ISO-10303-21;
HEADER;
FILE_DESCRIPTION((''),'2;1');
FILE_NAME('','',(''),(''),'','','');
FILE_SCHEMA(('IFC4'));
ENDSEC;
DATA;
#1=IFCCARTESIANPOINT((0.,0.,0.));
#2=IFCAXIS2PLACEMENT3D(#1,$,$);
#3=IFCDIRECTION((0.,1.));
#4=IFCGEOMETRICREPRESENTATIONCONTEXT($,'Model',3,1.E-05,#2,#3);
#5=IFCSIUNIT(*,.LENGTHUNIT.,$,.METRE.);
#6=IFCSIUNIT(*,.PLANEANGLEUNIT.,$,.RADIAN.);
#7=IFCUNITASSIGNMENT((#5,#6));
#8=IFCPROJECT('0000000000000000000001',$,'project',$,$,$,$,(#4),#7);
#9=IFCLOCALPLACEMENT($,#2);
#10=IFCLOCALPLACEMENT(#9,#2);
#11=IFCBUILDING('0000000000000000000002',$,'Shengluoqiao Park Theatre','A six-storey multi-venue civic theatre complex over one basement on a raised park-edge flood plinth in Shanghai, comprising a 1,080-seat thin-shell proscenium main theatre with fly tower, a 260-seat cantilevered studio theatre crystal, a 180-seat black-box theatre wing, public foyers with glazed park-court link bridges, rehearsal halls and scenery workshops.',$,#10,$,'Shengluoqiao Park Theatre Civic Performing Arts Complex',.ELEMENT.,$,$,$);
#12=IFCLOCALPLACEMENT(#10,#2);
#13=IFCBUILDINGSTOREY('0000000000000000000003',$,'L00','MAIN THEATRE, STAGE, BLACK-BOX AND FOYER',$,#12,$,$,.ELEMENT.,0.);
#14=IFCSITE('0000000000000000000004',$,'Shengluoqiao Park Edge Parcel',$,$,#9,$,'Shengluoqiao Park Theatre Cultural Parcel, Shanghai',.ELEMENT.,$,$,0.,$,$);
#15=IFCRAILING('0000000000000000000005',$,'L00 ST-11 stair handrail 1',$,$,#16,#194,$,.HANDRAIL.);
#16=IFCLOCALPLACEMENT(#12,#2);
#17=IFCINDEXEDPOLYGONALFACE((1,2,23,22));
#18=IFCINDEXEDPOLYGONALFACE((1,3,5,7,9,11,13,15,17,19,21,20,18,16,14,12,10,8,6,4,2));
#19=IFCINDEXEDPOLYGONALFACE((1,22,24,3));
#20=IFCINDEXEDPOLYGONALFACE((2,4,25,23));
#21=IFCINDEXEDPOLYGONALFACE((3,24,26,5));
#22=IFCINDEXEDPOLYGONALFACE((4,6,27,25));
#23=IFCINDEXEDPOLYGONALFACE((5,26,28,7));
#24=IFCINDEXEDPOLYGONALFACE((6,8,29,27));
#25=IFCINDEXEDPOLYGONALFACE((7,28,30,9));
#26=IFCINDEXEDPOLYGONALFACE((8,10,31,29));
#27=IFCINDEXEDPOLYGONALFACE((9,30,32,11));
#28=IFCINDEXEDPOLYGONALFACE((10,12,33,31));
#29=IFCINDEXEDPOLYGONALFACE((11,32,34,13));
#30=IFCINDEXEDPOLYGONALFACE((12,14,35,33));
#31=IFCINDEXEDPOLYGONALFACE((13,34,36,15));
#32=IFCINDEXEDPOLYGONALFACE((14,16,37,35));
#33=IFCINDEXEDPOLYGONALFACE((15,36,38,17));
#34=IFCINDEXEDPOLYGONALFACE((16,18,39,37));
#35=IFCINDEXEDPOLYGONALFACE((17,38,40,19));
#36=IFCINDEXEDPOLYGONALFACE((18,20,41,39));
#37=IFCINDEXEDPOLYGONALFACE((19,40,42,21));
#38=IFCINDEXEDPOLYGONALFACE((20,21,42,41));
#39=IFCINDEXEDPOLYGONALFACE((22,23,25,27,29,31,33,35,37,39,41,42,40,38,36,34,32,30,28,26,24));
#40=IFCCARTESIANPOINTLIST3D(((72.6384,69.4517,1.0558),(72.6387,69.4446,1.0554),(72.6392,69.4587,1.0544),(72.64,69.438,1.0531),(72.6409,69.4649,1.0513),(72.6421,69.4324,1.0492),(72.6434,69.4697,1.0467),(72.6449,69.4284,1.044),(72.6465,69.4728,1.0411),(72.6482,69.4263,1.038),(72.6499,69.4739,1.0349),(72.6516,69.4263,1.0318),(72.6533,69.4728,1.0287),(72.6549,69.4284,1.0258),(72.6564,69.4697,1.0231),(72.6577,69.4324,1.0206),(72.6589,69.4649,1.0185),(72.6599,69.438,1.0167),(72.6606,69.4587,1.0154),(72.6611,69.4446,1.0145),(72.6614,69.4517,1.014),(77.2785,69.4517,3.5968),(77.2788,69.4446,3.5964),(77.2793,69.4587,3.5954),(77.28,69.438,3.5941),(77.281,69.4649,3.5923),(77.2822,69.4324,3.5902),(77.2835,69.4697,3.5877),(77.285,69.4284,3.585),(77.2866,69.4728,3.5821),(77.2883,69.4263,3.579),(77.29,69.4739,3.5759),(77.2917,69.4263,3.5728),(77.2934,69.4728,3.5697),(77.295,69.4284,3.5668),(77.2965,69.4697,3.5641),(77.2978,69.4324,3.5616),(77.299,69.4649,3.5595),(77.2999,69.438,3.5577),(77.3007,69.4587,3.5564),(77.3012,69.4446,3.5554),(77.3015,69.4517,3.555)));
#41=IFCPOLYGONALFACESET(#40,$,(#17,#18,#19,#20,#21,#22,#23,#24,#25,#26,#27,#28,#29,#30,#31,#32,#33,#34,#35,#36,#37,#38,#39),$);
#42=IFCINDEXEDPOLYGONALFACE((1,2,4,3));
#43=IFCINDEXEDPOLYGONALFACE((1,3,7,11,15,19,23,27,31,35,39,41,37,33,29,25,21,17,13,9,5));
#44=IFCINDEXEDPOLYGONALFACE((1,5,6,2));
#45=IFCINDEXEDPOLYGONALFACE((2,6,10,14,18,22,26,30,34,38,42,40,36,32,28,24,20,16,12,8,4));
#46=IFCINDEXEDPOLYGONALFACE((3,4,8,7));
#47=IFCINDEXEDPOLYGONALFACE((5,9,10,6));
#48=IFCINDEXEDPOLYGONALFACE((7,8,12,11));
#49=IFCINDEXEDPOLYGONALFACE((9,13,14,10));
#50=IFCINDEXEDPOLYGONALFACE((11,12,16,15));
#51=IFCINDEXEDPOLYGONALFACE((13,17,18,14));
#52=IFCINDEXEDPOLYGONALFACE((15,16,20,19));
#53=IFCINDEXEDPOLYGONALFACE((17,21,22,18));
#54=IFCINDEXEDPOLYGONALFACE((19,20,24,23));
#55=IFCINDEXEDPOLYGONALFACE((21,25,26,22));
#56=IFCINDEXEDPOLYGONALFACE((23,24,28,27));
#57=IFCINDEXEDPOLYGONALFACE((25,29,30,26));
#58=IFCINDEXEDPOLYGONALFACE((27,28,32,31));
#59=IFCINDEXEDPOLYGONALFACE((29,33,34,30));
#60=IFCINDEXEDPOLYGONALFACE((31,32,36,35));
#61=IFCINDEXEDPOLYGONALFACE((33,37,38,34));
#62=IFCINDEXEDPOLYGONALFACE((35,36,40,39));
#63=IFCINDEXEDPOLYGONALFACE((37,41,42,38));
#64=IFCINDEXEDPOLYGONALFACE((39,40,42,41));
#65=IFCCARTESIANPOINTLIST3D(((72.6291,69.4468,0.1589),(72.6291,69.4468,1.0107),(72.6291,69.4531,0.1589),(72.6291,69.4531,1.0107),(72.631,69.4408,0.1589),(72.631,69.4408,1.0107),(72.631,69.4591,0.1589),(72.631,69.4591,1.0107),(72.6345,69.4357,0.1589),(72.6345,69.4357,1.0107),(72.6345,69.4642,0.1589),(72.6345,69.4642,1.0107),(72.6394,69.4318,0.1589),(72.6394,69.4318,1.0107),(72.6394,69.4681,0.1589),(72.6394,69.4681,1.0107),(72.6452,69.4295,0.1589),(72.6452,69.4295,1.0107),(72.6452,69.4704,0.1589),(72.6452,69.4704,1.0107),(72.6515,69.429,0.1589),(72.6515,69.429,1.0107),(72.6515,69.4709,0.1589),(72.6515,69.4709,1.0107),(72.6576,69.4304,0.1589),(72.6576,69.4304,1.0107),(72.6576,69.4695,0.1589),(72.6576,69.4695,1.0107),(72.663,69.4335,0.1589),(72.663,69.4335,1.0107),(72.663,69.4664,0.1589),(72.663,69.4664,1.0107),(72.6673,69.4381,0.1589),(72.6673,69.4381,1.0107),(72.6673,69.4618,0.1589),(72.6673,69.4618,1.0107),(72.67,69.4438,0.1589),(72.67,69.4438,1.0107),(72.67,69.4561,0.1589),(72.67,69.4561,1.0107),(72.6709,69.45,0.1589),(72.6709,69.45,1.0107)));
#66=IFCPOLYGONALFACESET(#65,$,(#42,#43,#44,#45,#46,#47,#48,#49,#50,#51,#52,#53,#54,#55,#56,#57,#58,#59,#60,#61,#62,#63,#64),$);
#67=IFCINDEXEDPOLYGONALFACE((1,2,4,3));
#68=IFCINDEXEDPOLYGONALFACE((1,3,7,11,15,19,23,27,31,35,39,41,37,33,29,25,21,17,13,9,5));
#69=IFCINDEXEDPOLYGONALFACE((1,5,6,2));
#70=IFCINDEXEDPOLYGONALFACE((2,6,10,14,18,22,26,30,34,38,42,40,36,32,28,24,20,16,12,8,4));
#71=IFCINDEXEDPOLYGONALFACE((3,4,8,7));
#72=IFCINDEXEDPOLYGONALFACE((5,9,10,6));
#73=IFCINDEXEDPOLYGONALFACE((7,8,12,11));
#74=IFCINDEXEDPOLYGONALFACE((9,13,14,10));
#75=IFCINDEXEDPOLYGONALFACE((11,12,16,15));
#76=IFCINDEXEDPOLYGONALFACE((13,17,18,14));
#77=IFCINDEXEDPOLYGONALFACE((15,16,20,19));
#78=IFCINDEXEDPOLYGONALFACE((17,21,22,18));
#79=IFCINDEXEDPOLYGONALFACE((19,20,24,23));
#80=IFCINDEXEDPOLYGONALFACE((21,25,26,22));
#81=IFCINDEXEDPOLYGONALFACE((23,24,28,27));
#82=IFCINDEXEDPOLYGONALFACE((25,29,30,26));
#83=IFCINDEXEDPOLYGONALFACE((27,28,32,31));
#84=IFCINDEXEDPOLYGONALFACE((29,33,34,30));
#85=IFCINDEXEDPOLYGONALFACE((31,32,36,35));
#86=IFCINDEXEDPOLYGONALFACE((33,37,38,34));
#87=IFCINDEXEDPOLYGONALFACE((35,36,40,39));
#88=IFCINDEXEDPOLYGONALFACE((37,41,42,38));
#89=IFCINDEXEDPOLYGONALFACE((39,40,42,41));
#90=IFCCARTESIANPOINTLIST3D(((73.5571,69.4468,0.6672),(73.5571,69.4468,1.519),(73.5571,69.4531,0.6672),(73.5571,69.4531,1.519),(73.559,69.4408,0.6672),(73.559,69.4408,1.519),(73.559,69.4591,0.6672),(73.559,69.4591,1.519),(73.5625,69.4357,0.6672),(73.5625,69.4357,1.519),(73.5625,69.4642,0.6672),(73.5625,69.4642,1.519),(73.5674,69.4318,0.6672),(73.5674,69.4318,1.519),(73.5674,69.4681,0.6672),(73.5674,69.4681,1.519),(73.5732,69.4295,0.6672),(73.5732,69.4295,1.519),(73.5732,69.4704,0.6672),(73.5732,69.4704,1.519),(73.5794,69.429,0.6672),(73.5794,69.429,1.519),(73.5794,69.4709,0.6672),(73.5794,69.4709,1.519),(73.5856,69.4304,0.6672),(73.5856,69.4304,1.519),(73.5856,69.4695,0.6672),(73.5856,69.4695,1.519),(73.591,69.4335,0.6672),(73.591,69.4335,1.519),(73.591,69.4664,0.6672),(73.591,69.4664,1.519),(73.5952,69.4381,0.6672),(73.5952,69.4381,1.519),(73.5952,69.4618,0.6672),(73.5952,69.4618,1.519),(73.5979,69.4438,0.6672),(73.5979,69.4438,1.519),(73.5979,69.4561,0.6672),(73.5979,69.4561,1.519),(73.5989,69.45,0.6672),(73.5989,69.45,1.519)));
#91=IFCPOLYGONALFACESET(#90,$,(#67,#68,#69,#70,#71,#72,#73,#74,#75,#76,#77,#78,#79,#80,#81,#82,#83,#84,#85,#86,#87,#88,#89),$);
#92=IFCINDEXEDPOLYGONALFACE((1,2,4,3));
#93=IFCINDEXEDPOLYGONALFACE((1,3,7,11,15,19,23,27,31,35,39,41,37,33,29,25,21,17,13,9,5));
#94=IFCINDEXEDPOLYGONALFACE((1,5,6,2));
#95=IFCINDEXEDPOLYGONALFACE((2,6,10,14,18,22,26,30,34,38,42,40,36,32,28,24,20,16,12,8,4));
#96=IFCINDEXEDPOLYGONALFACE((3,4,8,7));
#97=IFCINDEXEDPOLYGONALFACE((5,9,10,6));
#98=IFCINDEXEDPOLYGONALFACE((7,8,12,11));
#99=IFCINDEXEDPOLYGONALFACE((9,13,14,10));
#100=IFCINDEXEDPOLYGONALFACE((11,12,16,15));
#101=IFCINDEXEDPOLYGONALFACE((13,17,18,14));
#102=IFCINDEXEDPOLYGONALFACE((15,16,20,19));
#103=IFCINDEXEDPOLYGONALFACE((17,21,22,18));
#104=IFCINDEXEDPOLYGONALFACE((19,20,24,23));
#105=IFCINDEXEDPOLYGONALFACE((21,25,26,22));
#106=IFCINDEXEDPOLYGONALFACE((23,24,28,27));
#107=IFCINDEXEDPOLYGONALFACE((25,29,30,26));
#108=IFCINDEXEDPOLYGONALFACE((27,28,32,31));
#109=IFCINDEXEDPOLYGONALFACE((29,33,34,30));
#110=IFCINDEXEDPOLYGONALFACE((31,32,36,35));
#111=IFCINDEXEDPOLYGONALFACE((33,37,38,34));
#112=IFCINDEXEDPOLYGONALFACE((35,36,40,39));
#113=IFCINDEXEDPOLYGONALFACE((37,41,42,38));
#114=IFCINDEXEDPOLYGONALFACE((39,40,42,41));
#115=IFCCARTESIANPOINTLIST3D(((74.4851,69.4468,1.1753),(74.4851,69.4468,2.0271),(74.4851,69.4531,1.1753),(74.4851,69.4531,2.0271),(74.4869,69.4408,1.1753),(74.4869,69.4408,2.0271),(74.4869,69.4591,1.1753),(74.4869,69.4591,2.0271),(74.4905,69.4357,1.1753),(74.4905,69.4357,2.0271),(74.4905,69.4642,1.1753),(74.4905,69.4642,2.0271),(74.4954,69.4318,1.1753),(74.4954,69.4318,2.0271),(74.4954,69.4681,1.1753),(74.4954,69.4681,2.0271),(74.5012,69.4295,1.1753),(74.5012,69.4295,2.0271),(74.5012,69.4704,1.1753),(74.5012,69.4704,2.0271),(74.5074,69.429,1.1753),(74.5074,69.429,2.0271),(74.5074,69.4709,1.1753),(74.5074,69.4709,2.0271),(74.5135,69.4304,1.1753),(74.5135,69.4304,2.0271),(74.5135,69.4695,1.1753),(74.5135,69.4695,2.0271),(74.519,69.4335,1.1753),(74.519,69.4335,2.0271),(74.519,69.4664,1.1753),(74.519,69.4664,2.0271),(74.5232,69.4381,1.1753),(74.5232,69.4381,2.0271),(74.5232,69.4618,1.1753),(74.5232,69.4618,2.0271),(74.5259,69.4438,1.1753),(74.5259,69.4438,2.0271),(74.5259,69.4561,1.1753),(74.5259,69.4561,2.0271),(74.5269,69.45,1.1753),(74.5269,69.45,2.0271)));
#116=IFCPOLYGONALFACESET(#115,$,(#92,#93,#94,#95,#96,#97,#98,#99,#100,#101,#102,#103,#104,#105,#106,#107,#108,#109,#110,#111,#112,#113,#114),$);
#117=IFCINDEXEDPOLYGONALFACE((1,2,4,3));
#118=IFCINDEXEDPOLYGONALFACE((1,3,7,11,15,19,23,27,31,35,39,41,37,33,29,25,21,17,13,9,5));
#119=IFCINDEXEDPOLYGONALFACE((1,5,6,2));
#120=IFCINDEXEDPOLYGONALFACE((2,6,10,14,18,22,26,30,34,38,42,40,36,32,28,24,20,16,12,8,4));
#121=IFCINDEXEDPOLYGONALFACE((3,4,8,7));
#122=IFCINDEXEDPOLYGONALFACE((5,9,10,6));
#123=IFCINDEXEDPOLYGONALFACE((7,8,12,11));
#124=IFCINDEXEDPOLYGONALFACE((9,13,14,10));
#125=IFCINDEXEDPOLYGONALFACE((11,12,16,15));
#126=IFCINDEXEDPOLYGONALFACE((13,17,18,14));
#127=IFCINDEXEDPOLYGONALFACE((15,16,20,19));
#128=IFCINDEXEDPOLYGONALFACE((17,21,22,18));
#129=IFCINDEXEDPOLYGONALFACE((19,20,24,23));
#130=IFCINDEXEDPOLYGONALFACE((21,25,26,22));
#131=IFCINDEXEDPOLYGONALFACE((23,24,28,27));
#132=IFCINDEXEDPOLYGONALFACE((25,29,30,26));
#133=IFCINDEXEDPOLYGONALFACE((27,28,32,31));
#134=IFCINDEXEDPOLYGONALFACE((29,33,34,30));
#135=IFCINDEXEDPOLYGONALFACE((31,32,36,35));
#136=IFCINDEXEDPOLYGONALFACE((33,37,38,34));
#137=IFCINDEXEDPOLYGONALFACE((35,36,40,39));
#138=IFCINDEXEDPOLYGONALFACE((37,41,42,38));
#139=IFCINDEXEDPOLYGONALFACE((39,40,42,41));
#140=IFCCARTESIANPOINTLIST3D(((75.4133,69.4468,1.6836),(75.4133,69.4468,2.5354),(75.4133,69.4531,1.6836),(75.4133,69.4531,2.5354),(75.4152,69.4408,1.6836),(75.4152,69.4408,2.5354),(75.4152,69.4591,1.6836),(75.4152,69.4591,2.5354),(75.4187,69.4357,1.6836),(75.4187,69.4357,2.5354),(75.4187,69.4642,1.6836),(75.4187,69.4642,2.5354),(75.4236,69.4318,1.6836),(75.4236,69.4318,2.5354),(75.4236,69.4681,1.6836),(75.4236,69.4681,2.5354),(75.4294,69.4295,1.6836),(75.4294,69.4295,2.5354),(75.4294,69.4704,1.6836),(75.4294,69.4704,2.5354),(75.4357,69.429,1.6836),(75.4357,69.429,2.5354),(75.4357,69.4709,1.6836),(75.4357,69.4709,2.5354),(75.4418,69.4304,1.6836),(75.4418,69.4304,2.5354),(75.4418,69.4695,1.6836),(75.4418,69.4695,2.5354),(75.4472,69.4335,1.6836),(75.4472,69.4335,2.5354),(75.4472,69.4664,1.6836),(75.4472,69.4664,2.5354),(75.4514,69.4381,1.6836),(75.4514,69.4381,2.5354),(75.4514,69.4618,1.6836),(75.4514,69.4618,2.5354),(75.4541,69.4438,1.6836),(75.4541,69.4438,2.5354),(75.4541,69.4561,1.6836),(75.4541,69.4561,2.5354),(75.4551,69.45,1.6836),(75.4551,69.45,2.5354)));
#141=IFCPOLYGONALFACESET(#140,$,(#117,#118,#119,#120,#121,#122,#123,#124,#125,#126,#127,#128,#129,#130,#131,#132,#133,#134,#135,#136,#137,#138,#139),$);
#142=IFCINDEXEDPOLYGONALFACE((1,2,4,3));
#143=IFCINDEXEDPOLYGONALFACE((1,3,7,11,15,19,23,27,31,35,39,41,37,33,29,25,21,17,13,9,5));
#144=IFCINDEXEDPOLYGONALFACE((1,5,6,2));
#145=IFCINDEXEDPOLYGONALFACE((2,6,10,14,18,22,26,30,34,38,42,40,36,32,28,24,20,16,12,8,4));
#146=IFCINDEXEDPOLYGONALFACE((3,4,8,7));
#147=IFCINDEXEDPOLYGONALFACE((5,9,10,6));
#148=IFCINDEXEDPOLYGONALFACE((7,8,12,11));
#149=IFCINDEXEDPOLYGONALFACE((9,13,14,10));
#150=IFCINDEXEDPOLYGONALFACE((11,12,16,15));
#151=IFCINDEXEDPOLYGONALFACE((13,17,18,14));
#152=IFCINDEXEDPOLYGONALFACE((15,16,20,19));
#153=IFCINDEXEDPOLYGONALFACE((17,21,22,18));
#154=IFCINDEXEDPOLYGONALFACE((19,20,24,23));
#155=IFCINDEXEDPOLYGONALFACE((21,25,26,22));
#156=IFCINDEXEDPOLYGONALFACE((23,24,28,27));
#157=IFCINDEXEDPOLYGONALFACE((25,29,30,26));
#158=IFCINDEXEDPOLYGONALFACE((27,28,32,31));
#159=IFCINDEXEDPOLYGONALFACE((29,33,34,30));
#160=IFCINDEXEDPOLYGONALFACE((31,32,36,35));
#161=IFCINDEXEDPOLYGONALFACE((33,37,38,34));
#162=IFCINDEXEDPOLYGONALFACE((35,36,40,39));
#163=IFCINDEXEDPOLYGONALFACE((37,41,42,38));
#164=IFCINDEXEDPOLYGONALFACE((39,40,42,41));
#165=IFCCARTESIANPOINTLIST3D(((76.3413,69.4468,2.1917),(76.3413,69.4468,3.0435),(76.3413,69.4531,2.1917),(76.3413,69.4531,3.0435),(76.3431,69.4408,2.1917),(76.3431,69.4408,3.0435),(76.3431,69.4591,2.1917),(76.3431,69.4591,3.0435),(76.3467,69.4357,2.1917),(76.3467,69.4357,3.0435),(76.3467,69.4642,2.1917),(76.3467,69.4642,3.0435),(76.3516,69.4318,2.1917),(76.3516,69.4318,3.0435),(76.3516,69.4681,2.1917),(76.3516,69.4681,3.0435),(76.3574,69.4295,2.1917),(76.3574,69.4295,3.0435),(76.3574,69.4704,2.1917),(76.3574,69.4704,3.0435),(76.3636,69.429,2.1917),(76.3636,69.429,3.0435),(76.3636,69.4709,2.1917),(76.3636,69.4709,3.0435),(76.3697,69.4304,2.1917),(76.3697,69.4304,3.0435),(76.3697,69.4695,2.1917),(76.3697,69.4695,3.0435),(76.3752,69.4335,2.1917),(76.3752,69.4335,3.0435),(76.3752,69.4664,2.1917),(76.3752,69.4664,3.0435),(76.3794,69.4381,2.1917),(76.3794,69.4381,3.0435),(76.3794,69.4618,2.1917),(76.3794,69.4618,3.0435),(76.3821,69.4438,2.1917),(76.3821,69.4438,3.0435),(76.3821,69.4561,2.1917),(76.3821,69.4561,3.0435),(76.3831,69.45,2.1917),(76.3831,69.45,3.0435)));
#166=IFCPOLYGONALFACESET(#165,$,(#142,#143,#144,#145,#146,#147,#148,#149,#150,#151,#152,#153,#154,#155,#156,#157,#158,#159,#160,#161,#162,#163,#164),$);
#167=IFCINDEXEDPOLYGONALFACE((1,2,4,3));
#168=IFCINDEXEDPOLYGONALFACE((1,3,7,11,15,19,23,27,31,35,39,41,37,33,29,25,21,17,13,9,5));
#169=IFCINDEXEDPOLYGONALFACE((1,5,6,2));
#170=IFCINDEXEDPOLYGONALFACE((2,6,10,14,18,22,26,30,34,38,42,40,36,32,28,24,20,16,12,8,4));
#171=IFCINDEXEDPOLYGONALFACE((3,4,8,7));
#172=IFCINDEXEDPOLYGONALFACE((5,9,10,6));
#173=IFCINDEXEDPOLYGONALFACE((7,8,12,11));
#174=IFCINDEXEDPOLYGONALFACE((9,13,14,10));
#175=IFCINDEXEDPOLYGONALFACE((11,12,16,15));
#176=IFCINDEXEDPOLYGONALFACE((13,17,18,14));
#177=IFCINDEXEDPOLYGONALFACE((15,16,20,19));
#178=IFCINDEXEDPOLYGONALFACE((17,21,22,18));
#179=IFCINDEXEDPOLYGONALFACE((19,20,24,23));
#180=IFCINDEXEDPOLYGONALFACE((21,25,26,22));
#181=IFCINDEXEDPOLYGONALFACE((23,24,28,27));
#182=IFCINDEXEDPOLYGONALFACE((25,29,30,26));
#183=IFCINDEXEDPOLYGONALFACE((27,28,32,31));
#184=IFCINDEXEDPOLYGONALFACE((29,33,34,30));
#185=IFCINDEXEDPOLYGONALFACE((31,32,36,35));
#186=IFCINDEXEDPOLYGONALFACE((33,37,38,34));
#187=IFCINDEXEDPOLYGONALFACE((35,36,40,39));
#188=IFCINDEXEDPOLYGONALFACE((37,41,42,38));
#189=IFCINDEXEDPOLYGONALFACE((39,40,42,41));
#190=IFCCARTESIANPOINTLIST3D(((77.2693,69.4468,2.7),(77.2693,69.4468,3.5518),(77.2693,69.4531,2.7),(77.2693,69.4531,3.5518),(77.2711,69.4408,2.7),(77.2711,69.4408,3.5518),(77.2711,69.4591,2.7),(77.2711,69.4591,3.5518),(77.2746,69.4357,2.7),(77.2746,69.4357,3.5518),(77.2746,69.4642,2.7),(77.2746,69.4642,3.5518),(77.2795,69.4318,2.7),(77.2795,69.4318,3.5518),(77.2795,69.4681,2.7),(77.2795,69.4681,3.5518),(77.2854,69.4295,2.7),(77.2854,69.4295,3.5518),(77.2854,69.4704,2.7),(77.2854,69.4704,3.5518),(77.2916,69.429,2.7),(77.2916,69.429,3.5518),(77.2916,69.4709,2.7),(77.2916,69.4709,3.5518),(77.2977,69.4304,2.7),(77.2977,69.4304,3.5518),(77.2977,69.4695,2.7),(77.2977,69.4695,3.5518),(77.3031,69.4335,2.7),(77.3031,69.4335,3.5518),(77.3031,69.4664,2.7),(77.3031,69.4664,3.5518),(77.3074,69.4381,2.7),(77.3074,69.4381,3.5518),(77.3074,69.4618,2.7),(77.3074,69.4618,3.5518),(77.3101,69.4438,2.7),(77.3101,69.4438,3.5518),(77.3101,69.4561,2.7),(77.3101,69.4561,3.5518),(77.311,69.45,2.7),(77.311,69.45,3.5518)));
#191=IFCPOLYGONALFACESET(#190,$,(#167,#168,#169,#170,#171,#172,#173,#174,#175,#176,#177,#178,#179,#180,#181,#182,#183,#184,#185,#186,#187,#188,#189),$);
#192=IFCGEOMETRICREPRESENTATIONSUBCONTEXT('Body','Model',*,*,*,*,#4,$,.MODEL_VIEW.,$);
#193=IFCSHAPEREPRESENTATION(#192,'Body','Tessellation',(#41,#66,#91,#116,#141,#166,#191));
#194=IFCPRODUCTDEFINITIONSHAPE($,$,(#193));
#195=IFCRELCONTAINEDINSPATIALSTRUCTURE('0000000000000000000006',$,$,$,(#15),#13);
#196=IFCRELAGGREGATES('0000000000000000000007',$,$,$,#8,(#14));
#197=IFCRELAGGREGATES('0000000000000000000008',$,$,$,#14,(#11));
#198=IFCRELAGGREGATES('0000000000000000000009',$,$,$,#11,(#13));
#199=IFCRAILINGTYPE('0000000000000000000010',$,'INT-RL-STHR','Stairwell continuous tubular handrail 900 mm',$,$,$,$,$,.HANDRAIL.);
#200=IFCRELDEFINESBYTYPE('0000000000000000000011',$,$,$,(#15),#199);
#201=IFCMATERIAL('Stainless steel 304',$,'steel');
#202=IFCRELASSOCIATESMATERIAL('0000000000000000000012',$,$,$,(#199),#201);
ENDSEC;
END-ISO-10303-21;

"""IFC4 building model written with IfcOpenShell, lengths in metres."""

from ifc_helpers import new_model, si_unit, direction, frame, origin, origin_2d, place, context, subcontext, project, spatial, circle, extrude, material, type_object, element, save


model = new_model("IFC4")

# Units and contexts
model_context = context("Model", 3, precision=1e-05, world=origin(), true_north=direction((0.0, 1.0)))
body_context = subcontext(model_context, "Body", "Model", "MODEL_VIEW")
ifc_project = project(units=[si_unit("LENGTHUNIT", "METRE"), si_unit("PLANEANGLEUNIT", "RADIAN")], contexts=[model_context])

# Site, building, storey
site_placement = place(None, origin())
site = spatial("IfcSite", under=ifc_project, at=site_placement, Name="Shengluoqiao Park Edge Parcel", LongName="Shengluoqiao Park Theatre Cultural Parcel, Shanghai", CompositionType="ELEMENT", RefElevation=0.0)
building_placement = place(site_placement, origin())
building = spatial("IfcBuilding", under=site, at=building_placement, Name="Shengluoqiao Park Theatre", Description="A six-storey multi-venue civic theatre complex over one basement on a raised park-edge flood plinth in Shanghai, comprising a 1,080-seat thin-shell proscenium main theatre with fly tower, a 260-seat cantilevered studio theatre crystal, a 180-seat black-box theatre wing, public foyers with glazed park-court link bridges, rehearsal halls and scenery workshops.", LongName="Shengluoqiao Park Theatre Civic Performing Arts Complex", CompositionType="ELEMENT")
storey_placement = place(building_placement, origin())
storey = spatial("IfcBuildingStorey", under=building, at=storey_placement, Name="L00", Description="MAIN THEATRE, STAGE, BLACK-BOX AND FOYER", CompositionType="ELEMENT", Elevation=0.0)

# Railing
ifc_material_1 = material(Name="Stainless steel 304", Category="steel")
railing_type_1 = type_object("IfcRailingType", Name="INT-RL-STHR", Description="Stairwell continuous tubular handrail 900 mm", PredefinedType="HANDRAIL", material=ifc_material_1)
railing_1_placement = place(storey_placement, frame((72.6499, 69.45, 0.1589)))
element("IfcRailing", 1, at=railing_1_placement, inside=storey, type_object=railing_type_1, Name="L00 ST-11 stair handrail 1", PredefinedType="HANDRAIL", context=body_context, shape_type="SweptSolid", body=[
    extrude(circle(Radius=0.0239, at=origin_2d()), frame((0.0, 0.0, 0.876), z_axis=(0.877097, 0.0, 0.480313), x_axis=(0.0, 1.0, 0.0)), (0.0, 0.0, 1.0), 5.2903),
    extrude(circle(Radius=0.021, at=origin_2d()), origin(), (0.0, 0.0, 1.0), 0.8518),
    extrude(circle(Radius=0.021, at=origin_2d()), frame((0.928, 0.0, 0.5083)), (0.0, 0.0, 1.0), 0.8518),
    extrude(circle(Radius=0.021, at=origin_2d()), frame((1.856, 0.0, 1.0164)), (0.0, 0.0, 1.0), 0.8518),
    extrude(circle(Radius=0.021, at=origin_2d()), frame((2.7842, 0.0, 1.5247)), (0.0, 0.0, 1.0), 0.8518),
    extrude(circle(Radius=0.021, at=origin_2d()), frame((3.7122, 0.0, 2.0327)), (0.0, 0.0, 1.0), 0.8518),
    extrude(circle(Radius=0.021, at=origin_2d()), frame((4.6401, 0.0, 2.541)), (0.0, 0.0, 1.0), 0.8518),
])

save(model, "model.ifc")
